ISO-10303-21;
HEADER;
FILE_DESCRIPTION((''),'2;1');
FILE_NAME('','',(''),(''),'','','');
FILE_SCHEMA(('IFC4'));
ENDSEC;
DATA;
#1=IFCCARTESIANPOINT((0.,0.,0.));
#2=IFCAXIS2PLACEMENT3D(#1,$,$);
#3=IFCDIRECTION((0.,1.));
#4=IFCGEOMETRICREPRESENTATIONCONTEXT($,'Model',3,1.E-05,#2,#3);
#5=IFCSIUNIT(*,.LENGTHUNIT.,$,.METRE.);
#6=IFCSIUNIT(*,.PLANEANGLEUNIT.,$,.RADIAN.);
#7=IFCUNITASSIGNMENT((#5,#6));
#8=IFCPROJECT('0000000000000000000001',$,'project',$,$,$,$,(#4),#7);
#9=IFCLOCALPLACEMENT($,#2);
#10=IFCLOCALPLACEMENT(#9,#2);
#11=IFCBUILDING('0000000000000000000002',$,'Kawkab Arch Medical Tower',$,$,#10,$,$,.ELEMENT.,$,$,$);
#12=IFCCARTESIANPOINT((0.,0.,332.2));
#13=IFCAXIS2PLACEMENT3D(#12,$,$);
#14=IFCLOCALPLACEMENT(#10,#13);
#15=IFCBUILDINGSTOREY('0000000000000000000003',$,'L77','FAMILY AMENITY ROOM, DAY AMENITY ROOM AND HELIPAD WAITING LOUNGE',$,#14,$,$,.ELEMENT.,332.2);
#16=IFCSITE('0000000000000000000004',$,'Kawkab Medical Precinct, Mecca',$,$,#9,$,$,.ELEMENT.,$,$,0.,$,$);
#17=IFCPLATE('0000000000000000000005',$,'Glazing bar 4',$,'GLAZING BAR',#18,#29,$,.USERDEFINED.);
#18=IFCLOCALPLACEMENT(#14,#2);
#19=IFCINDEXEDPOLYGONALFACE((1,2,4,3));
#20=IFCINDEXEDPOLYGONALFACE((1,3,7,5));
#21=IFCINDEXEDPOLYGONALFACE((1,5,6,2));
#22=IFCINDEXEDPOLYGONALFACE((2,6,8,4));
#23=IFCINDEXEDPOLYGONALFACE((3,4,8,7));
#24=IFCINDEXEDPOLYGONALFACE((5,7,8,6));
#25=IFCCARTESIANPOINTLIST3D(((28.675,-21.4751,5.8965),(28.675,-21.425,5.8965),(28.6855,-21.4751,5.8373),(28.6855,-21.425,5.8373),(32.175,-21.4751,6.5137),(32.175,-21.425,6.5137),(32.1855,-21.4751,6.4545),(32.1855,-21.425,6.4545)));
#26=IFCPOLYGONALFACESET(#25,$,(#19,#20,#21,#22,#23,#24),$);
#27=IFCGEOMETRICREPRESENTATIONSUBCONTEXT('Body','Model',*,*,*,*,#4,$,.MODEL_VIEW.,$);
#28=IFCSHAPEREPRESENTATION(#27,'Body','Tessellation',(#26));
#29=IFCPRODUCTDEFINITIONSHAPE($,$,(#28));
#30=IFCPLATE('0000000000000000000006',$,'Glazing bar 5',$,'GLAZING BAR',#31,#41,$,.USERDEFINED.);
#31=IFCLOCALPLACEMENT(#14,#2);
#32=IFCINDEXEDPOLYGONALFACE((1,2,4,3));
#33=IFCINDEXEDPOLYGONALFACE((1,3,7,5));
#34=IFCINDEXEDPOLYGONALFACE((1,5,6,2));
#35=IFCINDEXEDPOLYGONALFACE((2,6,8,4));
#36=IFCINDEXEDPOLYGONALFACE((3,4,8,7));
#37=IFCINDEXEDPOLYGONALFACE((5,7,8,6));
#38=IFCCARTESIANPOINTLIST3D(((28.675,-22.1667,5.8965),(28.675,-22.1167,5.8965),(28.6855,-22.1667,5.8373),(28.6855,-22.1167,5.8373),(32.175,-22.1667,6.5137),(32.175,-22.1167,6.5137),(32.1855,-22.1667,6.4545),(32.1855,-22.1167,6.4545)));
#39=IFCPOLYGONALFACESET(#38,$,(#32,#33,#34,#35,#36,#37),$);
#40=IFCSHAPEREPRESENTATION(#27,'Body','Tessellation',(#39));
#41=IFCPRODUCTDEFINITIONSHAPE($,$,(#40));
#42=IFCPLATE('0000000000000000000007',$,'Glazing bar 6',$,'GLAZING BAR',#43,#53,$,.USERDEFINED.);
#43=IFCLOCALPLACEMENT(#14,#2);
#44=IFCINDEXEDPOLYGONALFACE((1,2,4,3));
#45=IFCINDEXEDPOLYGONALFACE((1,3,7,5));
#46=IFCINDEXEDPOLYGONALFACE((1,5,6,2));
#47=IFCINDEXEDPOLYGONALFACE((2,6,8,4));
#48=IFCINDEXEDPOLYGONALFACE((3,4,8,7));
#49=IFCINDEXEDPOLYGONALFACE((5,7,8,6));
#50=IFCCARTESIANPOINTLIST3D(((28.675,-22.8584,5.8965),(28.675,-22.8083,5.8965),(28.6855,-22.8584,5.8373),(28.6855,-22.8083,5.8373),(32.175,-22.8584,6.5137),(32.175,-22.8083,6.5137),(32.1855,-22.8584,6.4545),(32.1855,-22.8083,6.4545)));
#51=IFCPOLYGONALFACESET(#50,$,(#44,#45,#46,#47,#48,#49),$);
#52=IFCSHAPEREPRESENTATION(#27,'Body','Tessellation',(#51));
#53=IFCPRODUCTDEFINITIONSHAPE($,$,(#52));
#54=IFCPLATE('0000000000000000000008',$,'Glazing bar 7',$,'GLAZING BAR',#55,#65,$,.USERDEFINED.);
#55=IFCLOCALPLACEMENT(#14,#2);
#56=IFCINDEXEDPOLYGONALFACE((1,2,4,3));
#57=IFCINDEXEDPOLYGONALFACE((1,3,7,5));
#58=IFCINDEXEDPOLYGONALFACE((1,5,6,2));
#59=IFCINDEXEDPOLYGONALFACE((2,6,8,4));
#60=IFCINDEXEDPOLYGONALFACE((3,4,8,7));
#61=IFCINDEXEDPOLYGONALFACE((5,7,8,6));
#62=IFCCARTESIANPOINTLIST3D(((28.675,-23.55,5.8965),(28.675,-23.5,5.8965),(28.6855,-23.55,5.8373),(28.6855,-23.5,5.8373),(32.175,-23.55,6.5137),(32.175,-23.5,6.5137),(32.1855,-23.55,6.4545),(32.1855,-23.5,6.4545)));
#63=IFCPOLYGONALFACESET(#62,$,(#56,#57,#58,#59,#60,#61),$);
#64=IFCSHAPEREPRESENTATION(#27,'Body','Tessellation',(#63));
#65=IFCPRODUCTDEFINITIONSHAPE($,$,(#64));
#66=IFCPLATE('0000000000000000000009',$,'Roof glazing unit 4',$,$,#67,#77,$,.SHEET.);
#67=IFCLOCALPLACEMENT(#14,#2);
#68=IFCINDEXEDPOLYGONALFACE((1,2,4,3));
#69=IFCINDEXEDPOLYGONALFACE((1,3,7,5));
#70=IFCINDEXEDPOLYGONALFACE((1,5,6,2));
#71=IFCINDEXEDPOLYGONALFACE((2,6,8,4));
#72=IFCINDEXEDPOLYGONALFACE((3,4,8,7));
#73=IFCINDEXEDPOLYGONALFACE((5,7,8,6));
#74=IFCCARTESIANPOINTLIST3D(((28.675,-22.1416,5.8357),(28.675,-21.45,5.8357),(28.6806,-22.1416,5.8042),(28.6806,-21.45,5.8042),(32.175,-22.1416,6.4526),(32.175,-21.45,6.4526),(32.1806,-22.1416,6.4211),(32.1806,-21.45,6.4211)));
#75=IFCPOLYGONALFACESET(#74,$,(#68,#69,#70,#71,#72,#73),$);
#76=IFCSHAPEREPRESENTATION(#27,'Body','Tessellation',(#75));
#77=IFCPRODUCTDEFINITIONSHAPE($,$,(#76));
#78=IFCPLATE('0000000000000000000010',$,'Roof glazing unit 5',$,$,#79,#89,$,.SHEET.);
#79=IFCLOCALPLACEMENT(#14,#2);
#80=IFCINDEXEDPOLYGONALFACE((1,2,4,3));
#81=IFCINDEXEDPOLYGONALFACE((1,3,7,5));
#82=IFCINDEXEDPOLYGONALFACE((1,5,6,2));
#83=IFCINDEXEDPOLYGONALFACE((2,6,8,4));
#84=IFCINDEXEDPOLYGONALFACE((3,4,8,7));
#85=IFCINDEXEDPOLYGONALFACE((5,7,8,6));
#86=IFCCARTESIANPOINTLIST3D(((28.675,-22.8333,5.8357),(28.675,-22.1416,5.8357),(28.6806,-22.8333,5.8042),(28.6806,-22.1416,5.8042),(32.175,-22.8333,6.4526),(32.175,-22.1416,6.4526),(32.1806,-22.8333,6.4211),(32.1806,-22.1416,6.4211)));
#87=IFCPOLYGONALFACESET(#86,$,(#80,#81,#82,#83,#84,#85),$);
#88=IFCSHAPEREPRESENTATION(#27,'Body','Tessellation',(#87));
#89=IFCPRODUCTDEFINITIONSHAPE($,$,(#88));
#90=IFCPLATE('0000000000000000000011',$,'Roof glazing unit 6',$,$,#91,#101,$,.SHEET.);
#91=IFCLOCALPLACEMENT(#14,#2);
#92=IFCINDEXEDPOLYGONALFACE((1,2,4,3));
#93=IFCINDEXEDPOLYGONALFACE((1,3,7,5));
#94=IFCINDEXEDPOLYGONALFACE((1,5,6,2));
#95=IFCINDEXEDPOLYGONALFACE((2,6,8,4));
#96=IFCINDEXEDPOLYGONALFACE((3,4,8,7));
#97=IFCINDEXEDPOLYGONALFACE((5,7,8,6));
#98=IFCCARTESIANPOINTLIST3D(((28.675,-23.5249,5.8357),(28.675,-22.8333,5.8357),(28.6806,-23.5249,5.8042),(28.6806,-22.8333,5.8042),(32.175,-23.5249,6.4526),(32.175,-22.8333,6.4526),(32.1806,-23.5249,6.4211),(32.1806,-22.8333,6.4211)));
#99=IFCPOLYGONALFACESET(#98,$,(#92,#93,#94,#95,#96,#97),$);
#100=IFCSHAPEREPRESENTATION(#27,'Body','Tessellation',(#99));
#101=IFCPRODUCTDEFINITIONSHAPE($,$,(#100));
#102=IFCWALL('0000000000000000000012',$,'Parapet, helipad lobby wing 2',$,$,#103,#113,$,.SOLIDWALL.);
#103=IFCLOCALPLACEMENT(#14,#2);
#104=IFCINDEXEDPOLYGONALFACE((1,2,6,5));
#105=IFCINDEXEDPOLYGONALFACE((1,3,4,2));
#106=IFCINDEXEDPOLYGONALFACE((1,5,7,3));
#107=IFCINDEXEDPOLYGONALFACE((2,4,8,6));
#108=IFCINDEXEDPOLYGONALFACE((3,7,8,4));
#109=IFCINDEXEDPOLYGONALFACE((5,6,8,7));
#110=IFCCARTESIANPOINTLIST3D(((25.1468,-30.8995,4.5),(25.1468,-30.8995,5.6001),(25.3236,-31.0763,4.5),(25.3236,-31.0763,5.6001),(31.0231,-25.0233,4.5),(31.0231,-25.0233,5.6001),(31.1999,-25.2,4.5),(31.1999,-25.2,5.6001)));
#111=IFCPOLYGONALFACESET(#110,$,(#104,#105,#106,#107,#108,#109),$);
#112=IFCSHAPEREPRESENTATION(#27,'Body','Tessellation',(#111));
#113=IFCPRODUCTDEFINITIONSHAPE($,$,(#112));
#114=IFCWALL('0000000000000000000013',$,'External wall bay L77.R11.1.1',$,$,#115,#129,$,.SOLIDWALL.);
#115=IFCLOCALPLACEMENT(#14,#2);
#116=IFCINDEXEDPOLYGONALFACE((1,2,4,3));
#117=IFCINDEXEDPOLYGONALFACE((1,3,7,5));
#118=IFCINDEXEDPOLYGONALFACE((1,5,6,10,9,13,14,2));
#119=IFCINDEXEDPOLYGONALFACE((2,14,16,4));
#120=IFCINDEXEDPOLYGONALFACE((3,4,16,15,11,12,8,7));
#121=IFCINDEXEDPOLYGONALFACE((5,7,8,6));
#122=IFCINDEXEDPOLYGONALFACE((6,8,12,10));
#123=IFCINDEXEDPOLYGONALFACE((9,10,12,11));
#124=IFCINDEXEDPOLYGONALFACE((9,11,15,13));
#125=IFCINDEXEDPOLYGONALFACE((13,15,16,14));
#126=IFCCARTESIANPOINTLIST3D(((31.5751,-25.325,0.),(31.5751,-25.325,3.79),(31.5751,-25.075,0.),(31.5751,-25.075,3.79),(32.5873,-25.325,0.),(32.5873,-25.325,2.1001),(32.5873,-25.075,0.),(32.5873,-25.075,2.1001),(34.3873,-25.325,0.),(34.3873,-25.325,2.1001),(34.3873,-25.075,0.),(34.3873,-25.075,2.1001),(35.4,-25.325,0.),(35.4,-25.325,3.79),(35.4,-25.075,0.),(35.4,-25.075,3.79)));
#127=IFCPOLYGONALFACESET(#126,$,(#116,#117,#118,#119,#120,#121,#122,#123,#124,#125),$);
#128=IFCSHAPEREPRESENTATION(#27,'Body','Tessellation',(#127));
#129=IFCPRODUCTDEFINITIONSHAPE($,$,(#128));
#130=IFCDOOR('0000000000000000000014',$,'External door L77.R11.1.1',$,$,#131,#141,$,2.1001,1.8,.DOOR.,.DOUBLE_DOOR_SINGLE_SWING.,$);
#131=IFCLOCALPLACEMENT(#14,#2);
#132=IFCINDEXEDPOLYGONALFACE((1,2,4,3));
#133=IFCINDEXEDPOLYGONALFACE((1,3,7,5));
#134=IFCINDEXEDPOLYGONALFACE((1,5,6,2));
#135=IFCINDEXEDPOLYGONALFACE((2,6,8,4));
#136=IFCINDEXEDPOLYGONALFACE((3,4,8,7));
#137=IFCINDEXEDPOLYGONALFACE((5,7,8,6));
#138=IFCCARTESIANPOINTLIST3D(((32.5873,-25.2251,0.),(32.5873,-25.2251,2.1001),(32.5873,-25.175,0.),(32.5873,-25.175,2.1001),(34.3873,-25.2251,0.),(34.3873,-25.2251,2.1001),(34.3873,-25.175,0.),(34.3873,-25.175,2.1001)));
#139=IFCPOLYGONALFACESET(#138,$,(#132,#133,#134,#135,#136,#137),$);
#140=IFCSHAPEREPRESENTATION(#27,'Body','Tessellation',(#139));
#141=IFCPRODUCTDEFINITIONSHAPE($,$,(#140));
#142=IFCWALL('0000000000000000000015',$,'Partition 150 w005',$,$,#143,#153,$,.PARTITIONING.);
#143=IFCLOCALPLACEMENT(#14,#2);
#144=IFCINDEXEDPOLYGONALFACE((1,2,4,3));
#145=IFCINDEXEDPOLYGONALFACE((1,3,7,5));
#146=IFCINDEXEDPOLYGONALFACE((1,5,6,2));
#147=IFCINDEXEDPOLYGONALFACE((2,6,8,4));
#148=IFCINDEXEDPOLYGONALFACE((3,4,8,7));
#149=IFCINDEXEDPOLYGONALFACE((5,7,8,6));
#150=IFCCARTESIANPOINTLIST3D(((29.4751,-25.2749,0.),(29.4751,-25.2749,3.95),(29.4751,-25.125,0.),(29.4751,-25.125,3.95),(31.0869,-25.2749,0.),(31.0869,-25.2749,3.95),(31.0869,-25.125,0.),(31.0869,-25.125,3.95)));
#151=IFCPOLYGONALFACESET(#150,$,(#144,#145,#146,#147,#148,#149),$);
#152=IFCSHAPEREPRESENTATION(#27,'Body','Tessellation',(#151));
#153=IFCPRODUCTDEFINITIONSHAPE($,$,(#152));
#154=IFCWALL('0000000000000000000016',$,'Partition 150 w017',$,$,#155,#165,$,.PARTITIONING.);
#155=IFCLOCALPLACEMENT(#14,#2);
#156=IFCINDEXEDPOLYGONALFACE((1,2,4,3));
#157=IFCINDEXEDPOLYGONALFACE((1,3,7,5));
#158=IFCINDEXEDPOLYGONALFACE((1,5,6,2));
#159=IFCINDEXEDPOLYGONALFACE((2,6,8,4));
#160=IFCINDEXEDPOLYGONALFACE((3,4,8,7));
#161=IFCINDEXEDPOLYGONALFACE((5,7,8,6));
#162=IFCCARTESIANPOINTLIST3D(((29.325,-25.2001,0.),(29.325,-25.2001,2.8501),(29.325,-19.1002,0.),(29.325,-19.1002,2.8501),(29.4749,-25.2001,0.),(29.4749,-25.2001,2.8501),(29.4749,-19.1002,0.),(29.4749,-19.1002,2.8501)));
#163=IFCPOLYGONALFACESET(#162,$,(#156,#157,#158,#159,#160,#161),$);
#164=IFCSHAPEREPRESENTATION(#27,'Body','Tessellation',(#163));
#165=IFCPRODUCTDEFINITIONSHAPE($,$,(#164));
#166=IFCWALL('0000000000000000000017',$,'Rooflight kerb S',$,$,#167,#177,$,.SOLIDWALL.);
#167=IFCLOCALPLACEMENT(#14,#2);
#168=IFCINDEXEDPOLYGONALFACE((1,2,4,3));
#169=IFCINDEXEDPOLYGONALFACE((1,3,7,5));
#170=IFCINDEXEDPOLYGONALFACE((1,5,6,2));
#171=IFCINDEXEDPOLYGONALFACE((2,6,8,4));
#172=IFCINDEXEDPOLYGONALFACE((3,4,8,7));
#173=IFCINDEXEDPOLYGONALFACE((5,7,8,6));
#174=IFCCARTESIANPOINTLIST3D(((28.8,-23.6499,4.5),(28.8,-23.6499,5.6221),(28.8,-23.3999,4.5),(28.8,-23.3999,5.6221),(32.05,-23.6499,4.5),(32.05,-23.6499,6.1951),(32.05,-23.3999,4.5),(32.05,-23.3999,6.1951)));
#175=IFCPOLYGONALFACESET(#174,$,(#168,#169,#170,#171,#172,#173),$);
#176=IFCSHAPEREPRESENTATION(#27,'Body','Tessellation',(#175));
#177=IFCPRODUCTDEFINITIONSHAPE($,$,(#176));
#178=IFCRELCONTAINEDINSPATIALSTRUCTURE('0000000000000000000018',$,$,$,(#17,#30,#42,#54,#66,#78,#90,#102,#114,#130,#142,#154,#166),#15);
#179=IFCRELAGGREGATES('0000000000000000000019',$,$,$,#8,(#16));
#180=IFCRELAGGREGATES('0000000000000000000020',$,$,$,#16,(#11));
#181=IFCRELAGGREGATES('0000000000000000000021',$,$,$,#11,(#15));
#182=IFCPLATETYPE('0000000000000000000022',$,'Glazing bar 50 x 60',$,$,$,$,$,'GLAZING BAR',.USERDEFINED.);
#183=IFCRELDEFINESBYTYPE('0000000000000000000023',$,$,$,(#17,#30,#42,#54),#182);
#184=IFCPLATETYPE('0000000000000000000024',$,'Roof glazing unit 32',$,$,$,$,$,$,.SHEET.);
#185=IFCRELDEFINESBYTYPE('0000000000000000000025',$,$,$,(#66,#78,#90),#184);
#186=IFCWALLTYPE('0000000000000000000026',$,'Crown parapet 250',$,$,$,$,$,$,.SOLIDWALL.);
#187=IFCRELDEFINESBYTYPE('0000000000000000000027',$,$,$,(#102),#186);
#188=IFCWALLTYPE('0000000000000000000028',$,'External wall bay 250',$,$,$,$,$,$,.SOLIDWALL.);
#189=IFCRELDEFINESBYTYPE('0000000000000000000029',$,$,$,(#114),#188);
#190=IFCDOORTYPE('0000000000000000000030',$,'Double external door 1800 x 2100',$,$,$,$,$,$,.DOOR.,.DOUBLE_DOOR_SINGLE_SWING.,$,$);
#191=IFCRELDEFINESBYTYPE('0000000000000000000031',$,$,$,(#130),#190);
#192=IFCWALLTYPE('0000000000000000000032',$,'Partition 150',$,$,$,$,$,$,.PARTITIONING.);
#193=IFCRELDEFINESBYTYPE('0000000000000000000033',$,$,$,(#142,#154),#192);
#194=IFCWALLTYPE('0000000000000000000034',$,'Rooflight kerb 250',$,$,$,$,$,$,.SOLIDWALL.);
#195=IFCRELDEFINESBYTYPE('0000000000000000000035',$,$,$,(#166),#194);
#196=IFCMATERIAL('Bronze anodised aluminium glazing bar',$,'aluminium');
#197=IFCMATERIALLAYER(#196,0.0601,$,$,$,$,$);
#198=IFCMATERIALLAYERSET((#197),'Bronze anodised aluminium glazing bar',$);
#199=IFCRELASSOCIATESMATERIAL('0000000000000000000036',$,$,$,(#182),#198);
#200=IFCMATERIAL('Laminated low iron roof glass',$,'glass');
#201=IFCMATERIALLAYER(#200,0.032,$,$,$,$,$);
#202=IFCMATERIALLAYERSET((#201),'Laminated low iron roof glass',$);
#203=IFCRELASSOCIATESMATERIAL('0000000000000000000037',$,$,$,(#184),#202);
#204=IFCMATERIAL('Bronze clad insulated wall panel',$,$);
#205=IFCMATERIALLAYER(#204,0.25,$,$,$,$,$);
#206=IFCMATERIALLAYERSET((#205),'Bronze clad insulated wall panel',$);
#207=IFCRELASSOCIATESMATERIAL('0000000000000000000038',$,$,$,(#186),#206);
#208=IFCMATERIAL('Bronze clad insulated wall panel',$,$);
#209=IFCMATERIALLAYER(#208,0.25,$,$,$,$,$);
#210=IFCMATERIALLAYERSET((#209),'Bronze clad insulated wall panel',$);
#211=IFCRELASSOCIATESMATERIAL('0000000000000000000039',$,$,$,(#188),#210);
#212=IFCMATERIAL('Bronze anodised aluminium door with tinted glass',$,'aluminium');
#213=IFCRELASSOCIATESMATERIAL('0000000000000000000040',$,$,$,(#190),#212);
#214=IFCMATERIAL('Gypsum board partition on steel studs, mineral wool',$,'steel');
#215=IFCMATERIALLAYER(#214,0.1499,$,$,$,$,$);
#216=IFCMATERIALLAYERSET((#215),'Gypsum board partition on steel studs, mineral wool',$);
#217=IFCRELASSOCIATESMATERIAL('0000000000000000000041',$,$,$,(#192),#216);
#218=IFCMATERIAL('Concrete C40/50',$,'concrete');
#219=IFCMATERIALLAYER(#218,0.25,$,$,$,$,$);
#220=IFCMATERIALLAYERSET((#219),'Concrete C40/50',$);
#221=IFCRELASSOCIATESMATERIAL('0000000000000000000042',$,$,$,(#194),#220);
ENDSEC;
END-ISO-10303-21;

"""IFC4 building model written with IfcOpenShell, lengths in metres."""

from ifc_helpers import new_model, si_unit, direction, frame, frame_2d, origin, place, context, subcontext, project, spatial, polyline, rectangle, outline, extrude, material, layer, layer_set, type_object, element, fill, save


model = new_model("IFC4")

# Units and contexts
model_context = context("Model", 3, precision=1e-05, world=origin(), true_north=direction((0.0, 1.0)))
body_context = subcontext(model_context, "Body", "Model", "MODEL_VIEW")
ifc_project = project(units=[si_unit("LENGTHUNIT", "METRE"), si_unit("PLANEANGLEUNIT", "RADIAN")], contexts=[model_context])

# Site, building, storey
site_placement = place(None, origin())
site = spatial("IfcSite", under=ifc_project, at=site_placement, Name="Kawkab Medical Precinct, Mecca", CompositionType="ELEMENT", RefElevation=0.0)
building_placement = place(site_placement, origin())
building = spatial("IfcBuilding", under=site, at=building_placement, Name="Kawkab Arch Medical Tower", CompositionType="ELEMENT")
storey_placement = place(building_placement, frame((0.0, 0.0, 332.2)))
storey = spatial("IfcBuildingStorey", under=building, at=storey_placement, Name="L77", Description="FAMILY AMENITY ROOM, DAY AMENITY ROOM AND HELIPAD WAITING LOUNGE", CompositionType="ELEMENT", Elevation=332.2)

# Plates
ifc_material_1 = material(Name="Bronze anodised aluminium glazing bar", Category="aluminium")
ifc_layer_1 = layer(ifc_material_1, 0.0601)
ifc_layer_set_1 = layer_set([ifc_layer_1], Name="Bronze anodised aluminium glazing bar")
plate_type_1 = type_object("IfcPlateType", Name="Glazing bar 50 x 60", ElementType="GLAZING BAR", PredefinedType="USERDEFINED", material=ifc_layer_set_1)
for number, where, z_axis, x_axis, name in (
    (1, (28.675, -21.4751, 5.8965), (-0.17366, 0.0, 0.984806), (0.984806, 0.0, 0.17366), "Glazing bar 4"),
    (2, (28.675, -22.1667, 5.8965), (-0.17366, 0.0, 0.984806), (0.984806, 0.0, 0.17366), "Glazing bar 5"),
    (3, (28.675, -22.8584, 5.8965), (-0.17366, 0.0, 0.984806), (0.984806, 0.0, 0.17366), "Glazing bar 6"),
    (4, (28.675, -23.55, 5.8965), (-0.17366, 0.0, 0.984806), (0.984806, 0.0, 0.17366), "Glazing bar 7"),
):
    element("IfcPlate", number, at=place(storey_placement, frame(where, z_axis=z_axis, x_axis=x_axis)), inside=storey, type_object=plate_type_1, Name=name, ObjectType="GLAZING BAR", PredefinedType="USERDEFINED", context=body_context, shape_type="SweptSolid", body=[
        extrude(outline(polyline([(0.0, 0.0), (3.554, 0.0), (3.554, 0.05), (0.0, 0.05), (0.0, 0.0)])), origin(), (0.0, 0.0, -1.0), 0.0601),
    ])
ifc_material_2 = material(Name="Laminated low iron roof glass", Category="glass")
ifc_layer_2 = layer(ifc_material_2, 0.032)
ifc_layer_set_2 = layer_set([ifc_layer_2], Name="Laminated low iron roof glass")
plate_type_2 = type_object("IfcPlateType", Name="Roof glazing unit 32", PredefinedType="SHEET", material=ifc_layer_set_2)
for number, where, z_axis, x_axis, name in (
    (5, (28.675, -21.45, 5.8357), (-0.173593, 0.0, 0.984817), (0.984817, 0.0, 0.173593), "Roof glazing unit 4"),
    (6, (28.675, -22.1416, 5.8357), (-0.173593, 0.0, 0.984817), (0.984817, 0.0, 0.173593), "Roof glazing unit 5"),
    (7, (28.675, -22.8333, 5.8357), (-0.173593, 0.0, 0.984817), (0.984817, 0.0, 0.173593), "Roof glazing unit 6"),
):
    element("IfcPlate", number, at=place(storey_placement, frame(where, z_axis=z_axis, x_axis=x_axis)), inside=storey, type_object=plate_type_2, Name=name, PredefinedType="SHEET", context=body_context, shape_type="SweptSolid", body=[
        extrude(outline(polyline([(0.0, 0.0), (3.554, 0.0), (3.554, -0.6917), (0.0, -0.6917), (0.0, 0.0)])), origin(), (0.0, 0.0, -1.0), 0.032),
    ])

# Wall
ifc_material_3 = material(Name="Bronze clad insulated wall panel")
ifc_layer_3 = layer(ifc_material_3, 0.25)
ifc_layer_set_3 = layer_set([ifc_layer_3], Name="Bronze clad insulated wall panel")
wall_type_1 = type_object("IfcWallType", Name="Crown parapet 250", PredefinedType="SOLIDWALL", material=ifc_layer_set_3)
wall_1_placement = place(storey_placement, frame((31.1116, -25.1116, 4.5), z_axis=(0.0, 0.0, 1.0), x_axis=(-0.707107, -0.707107, 0.0)))
element("IfcWall", 8, at=wall_1_placement, inside=storey, type_object=wall_type_1, Name="Parapet, helipad lobby wing 2", PredefinedType="SOLIDWALL", context=body_context, shape_type="SweptSolid", body=[
    extrude(rectangle(XDim=8.3103, YDim=0.25, at=frame_2d((4.1553, 0.0))), origin(), (0.0, 0.0, 1.0), 1.1001),
])

# Wall, opening, door
ifc_material_4 = material(Name="Bronze clad insulated wall panel")
ifc_layer_4 = layer(ifc_material_4, 0.25)
ifc_layer_set_4 = layer_set([ifc_layer_4], Name="Bronze clad insulated wall panel")
wall_type_2 = type_object("IfcWallType", Name="External wall bay 250", PredefinedType="SOLIDWALL", material=ifc_layer_set_4)
wall_2_placement = place(storey_placement, frame((31.575, -25.2, 0.0), z_axis=(0.0, 0.0, 1.0), x_axis=(1.0, 0.0, 0.0)))
wall_2 = element("IfcWall", 9, at=wall_2_placement, inside=storey, type_object=wall_type_2, Name="External wall bay L77.R11.1.1", PredefinedType="SOLIDWALL", context=body_context, shape_type="SweptSolid", body=[
    extrude(rectangle(XDim=3.825, YDim=0.25, at=frame_2d((1.9126, 0.0))), origin(), (0.0, 0.0, 1.0), 3.79),
])
opening_placement = place(wall_2_placement, frame((1.0125, 0.0, 0.0)))
opening = element("IfcOpeningElement", 10, at=opening_placement, cuts=wall_2, PredefinedType="OPENING", context=body_context, shape_type="SweptSolid", body=[
    extrude(rectangle(XDim=1.8, YDim=2.1001, at=frame_2d((0.8999, 1.05))), frame((0.0, 0.135, 0.0), z_axis=(0.0, -1.0, 0.0), x_axis=(1.0, 0.0, 0.0)), (0.0, 0.0, 1.0), 0.27),
])
ifc_material_5 = material(Name="Bronze anodised aluminium door with tinted glass", Category="aluminium")
door_type = type_object("IfcDoorType", Name="Double external door 1800 x 2100", OperationType="DOUBLE_DOOR_SINGLE_SWING", PredefinedType="DOOR", material=ifc_material_5)
door_placement = place(opening_placement, origin())
door = element("IfcDoor", 11, at=door_placement, inside=storey, type_object=door_type, Name="External door L77.R11.1.1", OperationType="DOUBLE_DOOR_SINGLE_SWING", OverallHeight=2.1001, OverallWidth=1.8, PredefinedType="DOOR", context=body_context, shape_type="SweptSolid", body=[
    extrude(rectangle(XDim=1.8, YDim=2.1001, at=frame_2d((0.8999, 1.05))), frame((0.0, 0.0249, 0.0), z_axis=(0.0, -1.0, 0.0), x_axis=(1.0, 0.0, 0.0)), (0.0, 0.0, 1.0), 0.05),
])
fill(opening, door)

# Walls
ifc_material_6 = material(Name="Gypsum board partition on steel studs, mineral wool", Category="steel")
ifc_layer_5 = layer(ifc_material_6, 0.1499)
ifc_layer_set_5 = layer_set([ifc_layer_5], Name="Gypsum board partition on steel studs, mineral wool")
wall_type_3 = type_object("IfcWallType", Name="Partition 150", PredefinedType="PARTITIONING", material=ifc_layer_set_5)
wall_3_placement = place(storey_placement, frame((29.4751, -25.2, 0.0), z_axis=(0.0, 0.0, 1.0), x_axis=(1.0, 0.0, 0.0)))
element("IfcWall", 12, at=wall_3_placement, inside=storey, type_object=wall_type_3, Name="Partition 150 w005", PredefinedType="PARTITIONING", context=body_context, shape_type="SweptSolid", body=[
    extrude(rectangle(XDim=1.6118, YDim=0.1499, at=frame_2d((0.8059, 0.0))), origin(), (0.0, 0.0, 1.0), 3.95),
])
wall_4_placement = place(storey_placement, frame((29.3999, -25.2, 0.0), z_axis=(0.0, 0.0, 1.0), x_axis=(0.0, 1.0, 0.0)))
element("IfcWall", 13, at=wall_4_placement, inside=storey, type_object=wall_type_3, Name="Partition 150 w017", PredefinedType="PARTITIONING", context=body_context, shape_type="SweptSolid", body=[
    extrude(rectangle(XDim=6.0999, YDim=0.1499, at=frame_2d((3.0498, 0.0))), origin(), (0.0, 0.0, 1.0), 2.8501),
])
ifc_material_7 = material(Name="Concrete C40/50", Category="concrete")
ifc_layer_6 = layer(ifc_material_7, 0.25)
ifc_layer_set_6 = layer_set([ifc_layer_6], Name="Concrete C40/50")
wall_type_4 = type_object("IfcWallType", Name="Rooflight kerb 250", PredefinedType="SOLIDWALL", material=ifc_layer_set_6)
wall_5_placement = place(storey_placement, frame((28.8, -23.5249, 4.5), z_axis=(0.0, 0.0, 1.0), x_axis=(1.0, 0.0, 0.0)))
element("IfcWall", 14, at=wall_5_placement, inside=storey, type_object=wall_type_4, Name="Rooflight kerb S", PredefinedType="SOLIDWALL", context=body_context, shape_type="SweptSolid", body=[
    extrude(outline(polyline([(0.0, 0.0), (3.25, 0.0), (3.25, 1.6951), (0.0, 1.1221), (0.0, 0.0)])), frame((0.0, 0.125, 0.0), z_axis=(0.0, -1.0, 0.0), x_axis=(1.0, 0.0, 0.0)), (0.0, 0.0, 1.0), 0.25),
])

save(model, "model.ifc")
